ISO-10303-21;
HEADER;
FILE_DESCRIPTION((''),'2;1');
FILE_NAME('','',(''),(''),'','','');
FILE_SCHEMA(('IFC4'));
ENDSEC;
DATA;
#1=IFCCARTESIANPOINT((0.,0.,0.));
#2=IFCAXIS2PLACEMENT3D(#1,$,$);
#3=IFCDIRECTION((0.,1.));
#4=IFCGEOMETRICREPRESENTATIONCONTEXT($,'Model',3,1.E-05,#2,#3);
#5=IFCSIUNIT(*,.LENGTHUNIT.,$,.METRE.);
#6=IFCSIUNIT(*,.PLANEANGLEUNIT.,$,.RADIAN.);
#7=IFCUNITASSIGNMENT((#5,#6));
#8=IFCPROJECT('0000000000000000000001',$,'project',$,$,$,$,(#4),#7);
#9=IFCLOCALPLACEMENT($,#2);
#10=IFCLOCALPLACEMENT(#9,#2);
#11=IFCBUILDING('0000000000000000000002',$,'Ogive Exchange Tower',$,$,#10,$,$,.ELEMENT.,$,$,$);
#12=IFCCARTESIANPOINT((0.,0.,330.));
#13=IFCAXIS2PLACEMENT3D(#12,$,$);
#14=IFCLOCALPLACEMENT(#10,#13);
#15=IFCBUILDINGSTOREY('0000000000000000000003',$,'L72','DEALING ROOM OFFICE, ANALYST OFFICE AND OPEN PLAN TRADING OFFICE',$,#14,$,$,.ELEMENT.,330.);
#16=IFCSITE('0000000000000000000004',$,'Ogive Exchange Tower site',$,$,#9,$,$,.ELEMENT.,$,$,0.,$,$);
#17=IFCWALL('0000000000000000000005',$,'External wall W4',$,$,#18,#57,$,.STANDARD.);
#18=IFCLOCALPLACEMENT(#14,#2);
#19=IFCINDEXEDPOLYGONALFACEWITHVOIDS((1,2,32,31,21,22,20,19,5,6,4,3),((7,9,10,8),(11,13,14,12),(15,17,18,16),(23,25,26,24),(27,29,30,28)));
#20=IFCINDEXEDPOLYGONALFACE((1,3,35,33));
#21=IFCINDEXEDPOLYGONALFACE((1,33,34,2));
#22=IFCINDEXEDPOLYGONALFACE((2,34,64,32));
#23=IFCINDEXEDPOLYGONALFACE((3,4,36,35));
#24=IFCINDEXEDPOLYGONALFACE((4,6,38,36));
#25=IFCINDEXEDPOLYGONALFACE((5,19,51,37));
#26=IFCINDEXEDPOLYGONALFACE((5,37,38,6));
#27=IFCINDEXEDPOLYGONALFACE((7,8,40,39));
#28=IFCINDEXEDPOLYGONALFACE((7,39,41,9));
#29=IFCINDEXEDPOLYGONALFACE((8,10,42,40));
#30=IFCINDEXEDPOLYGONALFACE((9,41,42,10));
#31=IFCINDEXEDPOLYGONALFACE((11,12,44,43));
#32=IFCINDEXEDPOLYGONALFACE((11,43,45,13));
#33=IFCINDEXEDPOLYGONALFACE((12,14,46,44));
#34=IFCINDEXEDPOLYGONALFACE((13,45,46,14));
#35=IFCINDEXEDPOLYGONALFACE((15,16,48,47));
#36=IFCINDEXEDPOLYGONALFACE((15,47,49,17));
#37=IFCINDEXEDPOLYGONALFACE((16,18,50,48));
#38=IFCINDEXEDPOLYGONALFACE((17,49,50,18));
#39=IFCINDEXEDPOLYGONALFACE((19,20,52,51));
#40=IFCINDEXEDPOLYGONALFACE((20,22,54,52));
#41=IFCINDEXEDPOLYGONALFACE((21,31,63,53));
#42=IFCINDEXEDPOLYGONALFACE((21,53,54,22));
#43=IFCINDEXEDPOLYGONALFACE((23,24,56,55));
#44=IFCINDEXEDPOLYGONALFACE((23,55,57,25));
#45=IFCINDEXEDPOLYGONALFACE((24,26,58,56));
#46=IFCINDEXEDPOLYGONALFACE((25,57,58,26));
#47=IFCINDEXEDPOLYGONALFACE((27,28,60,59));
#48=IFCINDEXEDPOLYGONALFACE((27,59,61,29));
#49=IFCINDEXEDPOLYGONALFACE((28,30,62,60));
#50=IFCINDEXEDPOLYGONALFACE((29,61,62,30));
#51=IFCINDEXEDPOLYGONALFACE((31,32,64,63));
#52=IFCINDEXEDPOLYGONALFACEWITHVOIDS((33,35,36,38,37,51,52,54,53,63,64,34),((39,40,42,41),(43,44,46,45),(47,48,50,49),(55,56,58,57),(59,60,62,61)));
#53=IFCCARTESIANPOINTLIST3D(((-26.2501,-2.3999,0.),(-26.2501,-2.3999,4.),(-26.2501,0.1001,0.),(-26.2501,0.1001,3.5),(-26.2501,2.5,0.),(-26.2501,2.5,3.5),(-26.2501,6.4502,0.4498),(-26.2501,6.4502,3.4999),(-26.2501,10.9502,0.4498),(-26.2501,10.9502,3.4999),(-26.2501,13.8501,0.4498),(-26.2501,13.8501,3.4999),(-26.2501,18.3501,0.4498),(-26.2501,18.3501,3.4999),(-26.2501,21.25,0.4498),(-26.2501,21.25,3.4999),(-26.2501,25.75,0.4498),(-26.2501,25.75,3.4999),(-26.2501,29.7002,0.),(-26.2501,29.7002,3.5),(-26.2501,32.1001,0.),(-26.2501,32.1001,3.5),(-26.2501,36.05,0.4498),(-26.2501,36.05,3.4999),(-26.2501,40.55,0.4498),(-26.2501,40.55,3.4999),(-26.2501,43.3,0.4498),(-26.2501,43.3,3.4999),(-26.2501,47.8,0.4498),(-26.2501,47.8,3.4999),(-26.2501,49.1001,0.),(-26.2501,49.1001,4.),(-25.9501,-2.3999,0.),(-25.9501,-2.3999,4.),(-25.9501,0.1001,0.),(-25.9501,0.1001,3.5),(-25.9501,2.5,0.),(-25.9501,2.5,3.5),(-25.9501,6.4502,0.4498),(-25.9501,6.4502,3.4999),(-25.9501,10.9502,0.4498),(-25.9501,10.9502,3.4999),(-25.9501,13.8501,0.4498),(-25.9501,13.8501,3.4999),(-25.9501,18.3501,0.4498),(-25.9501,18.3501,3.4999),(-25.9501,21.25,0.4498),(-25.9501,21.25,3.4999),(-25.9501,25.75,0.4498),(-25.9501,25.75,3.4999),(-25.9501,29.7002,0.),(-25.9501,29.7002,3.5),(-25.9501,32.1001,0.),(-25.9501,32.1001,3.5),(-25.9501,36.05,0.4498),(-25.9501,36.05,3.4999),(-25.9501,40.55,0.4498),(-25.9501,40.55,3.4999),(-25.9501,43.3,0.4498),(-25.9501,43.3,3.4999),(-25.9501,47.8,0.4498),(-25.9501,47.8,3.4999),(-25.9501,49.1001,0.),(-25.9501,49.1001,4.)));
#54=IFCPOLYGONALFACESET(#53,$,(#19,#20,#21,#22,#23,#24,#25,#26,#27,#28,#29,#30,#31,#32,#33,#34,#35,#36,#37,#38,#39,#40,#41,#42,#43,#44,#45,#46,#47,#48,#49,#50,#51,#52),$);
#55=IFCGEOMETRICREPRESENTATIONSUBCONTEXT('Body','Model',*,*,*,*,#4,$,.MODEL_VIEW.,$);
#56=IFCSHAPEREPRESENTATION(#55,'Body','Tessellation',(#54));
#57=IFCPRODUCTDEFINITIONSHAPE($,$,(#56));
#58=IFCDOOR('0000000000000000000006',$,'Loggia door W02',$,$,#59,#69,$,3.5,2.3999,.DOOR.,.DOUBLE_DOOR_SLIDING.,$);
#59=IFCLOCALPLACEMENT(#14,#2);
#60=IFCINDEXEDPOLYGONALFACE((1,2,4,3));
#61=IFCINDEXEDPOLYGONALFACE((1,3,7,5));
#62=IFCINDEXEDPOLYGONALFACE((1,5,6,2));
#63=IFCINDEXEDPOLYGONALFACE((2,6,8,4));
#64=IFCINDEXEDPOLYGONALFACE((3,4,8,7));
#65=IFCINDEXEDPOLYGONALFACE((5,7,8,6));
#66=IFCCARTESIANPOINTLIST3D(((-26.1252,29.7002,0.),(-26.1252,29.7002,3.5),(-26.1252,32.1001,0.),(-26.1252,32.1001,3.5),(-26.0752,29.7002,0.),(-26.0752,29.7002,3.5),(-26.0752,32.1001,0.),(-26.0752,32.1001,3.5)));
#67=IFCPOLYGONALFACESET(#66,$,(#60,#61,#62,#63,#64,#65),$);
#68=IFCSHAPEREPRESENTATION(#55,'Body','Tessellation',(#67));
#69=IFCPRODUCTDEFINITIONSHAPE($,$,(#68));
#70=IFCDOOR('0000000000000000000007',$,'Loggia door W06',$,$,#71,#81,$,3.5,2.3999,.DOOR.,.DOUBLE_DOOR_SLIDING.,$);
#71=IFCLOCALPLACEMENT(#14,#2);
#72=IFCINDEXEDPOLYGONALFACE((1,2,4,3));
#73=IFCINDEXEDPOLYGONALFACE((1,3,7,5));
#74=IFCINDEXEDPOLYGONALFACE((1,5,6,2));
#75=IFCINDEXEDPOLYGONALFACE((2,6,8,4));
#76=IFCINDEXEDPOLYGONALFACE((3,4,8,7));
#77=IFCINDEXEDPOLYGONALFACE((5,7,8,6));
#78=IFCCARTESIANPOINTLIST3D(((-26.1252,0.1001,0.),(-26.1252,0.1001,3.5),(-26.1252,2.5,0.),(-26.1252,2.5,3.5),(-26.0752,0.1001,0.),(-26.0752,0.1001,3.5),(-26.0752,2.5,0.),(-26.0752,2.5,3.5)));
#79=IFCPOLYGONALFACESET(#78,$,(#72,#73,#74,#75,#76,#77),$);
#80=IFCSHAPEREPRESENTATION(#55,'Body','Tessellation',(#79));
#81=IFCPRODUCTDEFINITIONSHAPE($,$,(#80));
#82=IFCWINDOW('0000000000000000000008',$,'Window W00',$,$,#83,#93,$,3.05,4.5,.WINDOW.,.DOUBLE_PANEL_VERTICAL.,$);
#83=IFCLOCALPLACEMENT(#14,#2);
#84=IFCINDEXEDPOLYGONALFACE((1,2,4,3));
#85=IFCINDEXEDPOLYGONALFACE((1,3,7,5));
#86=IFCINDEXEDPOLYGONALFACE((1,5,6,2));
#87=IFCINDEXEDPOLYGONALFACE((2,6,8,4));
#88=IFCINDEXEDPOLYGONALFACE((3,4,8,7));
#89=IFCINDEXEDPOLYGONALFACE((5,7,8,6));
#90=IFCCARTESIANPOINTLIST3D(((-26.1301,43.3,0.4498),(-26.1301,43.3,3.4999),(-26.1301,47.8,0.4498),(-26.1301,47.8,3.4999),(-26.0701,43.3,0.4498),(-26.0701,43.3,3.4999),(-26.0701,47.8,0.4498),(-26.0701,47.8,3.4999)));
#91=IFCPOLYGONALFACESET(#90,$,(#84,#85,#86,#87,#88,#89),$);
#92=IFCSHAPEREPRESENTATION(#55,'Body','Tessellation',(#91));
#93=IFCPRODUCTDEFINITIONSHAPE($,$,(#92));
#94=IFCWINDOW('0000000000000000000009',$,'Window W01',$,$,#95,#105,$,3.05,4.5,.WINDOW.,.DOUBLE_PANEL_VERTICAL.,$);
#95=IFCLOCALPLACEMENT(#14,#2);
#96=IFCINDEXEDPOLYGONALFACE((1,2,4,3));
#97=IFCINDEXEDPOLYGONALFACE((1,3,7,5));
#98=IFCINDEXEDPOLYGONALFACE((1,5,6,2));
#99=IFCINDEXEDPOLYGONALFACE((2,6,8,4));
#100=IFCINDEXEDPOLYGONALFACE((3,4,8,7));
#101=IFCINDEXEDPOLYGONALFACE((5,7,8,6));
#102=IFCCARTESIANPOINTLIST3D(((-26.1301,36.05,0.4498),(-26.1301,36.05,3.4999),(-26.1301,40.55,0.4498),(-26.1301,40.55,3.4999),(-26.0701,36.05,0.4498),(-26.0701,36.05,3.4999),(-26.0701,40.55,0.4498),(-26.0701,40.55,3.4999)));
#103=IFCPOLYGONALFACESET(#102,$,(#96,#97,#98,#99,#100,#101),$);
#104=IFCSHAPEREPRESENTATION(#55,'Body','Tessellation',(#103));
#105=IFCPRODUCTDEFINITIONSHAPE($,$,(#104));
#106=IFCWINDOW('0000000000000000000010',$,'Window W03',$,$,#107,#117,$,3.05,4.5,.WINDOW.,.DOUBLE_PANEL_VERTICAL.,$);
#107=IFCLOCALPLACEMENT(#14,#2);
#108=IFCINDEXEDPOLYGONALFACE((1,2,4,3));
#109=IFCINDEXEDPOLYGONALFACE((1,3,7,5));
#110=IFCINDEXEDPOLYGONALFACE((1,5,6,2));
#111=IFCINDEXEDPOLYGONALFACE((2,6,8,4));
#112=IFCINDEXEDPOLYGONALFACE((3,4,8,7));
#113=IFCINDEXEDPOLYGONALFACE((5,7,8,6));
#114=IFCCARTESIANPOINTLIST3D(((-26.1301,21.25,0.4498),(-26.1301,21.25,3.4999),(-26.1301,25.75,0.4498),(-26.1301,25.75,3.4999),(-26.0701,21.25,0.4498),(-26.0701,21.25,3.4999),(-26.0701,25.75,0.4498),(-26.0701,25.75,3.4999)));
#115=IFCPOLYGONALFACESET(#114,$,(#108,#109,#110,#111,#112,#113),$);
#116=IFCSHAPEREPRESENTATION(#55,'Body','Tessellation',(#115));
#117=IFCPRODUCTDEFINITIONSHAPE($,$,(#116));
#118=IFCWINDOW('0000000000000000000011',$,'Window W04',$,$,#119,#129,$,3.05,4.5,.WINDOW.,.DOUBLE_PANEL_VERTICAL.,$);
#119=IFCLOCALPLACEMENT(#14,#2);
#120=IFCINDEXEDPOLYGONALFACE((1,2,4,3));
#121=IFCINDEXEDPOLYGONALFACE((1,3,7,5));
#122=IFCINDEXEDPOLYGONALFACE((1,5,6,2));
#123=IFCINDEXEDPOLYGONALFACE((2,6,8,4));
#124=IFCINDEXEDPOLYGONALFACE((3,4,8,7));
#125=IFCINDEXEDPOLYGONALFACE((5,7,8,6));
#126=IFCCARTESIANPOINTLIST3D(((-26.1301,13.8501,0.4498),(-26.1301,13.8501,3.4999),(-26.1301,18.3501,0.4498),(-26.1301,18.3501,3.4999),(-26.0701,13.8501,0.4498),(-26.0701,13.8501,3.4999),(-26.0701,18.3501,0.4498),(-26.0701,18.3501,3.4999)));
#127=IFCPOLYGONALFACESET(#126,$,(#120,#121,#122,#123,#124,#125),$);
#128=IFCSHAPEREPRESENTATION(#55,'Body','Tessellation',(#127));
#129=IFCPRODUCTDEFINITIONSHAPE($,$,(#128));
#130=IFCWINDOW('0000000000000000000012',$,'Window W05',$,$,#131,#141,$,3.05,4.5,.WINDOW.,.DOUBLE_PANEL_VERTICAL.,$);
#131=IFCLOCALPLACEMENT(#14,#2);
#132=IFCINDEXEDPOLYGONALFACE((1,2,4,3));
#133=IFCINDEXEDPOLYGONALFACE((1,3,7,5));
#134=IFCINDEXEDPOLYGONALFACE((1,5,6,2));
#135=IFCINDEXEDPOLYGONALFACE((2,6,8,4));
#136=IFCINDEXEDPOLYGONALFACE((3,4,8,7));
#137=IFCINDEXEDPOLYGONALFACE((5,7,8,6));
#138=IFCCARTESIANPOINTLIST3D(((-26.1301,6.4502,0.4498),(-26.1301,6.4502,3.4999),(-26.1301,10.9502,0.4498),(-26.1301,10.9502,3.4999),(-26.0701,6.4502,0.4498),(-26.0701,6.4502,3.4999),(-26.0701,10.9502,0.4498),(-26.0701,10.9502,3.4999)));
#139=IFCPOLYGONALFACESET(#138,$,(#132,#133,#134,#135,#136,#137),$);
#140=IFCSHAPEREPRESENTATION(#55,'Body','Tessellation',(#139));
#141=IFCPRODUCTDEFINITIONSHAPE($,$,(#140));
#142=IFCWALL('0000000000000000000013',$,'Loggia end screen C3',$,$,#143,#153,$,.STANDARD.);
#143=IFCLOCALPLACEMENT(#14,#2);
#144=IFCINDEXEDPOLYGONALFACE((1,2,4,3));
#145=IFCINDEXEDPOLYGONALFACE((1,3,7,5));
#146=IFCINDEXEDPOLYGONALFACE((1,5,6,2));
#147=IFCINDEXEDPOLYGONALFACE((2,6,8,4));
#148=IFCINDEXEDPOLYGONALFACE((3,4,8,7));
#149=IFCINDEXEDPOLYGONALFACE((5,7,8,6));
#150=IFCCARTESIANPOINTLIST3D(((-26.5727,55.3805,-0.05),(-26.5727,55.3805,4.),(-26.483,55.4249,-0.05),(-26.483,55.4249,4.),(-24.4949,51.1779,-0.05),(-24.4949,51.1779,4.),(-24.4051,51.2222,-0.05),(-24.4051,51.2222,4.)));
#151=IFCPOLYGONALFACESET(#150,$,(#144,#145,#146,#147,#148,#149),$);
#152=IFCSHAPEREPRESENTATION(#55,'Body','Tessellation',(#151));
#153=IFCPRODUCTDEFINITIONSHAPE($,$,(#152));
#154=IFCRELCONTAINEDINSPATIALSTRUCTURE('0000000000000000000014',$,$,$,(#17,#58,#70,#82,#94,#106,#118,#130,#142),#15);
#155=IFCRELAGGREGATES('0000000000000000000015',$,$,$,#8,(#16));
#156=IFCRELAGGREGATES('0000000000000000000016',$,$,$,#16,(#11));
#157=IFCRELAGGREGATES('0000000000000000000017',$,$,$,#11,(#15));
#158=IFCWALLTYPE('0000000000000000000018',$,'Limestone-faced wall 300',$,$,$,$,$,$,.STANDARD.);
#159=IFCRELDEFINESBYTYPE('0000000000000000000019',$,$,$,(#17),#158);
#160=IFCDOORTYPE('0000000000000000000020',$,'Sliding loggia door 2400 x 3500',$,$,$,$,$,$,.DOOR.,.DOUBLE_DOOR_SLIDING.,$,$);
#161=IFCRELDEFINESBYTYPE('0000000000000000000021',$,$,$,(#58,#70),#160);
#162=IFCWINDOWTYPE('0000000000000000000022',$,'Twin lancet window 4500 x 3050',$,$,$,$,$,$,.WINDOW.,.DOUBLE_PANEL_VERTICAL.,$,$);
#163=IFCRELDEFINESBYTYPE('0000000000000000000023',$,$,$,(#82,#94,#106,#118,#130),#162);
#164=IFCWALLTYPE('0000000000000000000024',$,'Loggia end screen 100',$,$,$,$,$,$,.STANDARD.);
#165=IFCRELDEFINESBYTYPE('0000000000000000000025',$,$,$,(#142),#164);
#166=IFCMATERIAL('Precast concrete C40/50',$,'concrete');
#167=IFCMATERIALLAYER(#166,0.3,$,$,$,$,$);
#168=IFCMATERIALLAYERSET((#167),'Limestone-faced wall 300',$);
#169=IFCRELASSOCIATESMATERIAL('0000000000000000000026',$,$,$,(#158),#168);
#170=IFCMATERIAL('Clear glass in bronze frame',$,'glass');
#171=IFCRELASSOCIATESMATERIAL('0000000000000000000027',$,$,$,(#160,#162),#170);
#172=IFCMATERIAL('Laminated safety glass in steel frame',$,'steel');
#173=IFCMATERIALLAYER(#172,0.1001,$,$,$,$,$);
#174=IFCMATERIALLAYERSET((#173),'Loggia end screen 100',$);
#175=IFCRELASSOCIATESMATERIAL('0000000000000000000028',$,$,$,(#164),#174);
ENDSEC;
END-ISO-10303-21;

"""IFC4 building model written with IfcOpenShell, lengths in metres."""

from ifc_helpers import new_model, si_unit, direction, frame, frame_2d, origin, place, context, subcontext, project, spatial, rectangle, extrude, material, layer, layer_set, type_object, element, fill, save


model = new_model("IFC4")

# Units and contexts
model_context = context("Model", 3, precision=1e-05, world=origin(), true_north=direction((0.0, 1.0)))
body_context = subcontext(model_context, "Body", "Model", "MODEL_VIEW")
ifc_project = project(units=[si_unit("LENGTHUNIT", "METRE"), si_unit("PLANEANGLEUNIT", "RADIAN")], contexts=[model_context])

# Site, building, storey
site_placement = place(None, origin())
site = spatial("IfcSite", under=ifc_project, at=site_placement, Name="Ogive Exchange Tower site", CompositionType="ELEMENT", RefElevation=0.0)
building_placement = place(site_placement, origin())
building = spatial("IfcBuilding", under=site, at=building_placement, Name="Ogive Exchange Tower", CompositionType="ELEMENT")
storey_placement = place(building_placement, frame((0.0, 0.0, 330.0)))
storey = spatial("IfcBuildingStorey", under=building, at=storey_placement, Name="L72", Description="DEALING ROOM OFFICE, ANALYST OFFICE AND OPEN PLAN TRADING OFFICE", CompositionType="ELEMENT", Elevation=330.0)

# Wall, openings, doors, windows
ifc_material_1 = material(Name="Precast concrete C40/50", Category="concrete")
ifc_layer_1 = layer(ifc_material_1, 0.3)
ifc_layer_set_1 = layer_set([ifc_layer_1], Name="Limestone-faced wall 300")
wall_type_1 = type_object("IfcWallType", Name="Limestone-faced wall 300", PredefinedType="STANDARD", material=ifc_layer_set_1)
wall_1_placement = place(storey_placement, frame((-26.1001, 49.1001, 0.0), z_axis=(0.0, 0.0, 1.0), x_axis=(0.0, -1.0, 0.0)))
wall_1 = element("IfcWall", 1, at=wall_1_placement, inside=storey, type_object=wall_type_1, Name="External wall W4", PredefinedType="STANDARD", context=body_context, shape_type="SweptSolid", body=[
    extrude(rectangle(XDim=51.5, YDim=0.3, at=frame_2d((25.75, 0.0))), origin(), (0.0, 0.0, 1.0), 4.0),
])
opening_1_placement = place(wall_1_placement, frame((1.3, 0.0, 0.45)))
opening_1 = element("IfcOpeningElement", 2, at=opening_1_placement, cuts=wall_1, PredefinedType="OPENING", context=body_context, shape_type="SweptSolid", body=[
    extrude(rectangle(XDim=4.5, YDim=3.05, at=frame_2d((2.25, 1.5249))), frame((0.0, 0.1599, 0.0), z_axis=(0.0, -1.0, 0.0), x_axis=(1.0, 0.0, 0.0)), (0.0, 0.0, 1.0), 0.3201),
])
opening_2_placement = place(wall_1_placement, frame((8.55, 0.0, 0.45)))
opening_2 = element("IfcOpeningElement", 3, at=opening_2_placement, cuts=wall_1, PredefinedType="OPENING", context=body_context, shape_type="SweptSolid", body=[
    extrude(rectangle(XDim=4.5, YDim=3.05, at=frame_2d((2.25, 1.5249))), frame((0.0, 0.1599, 0.0), z_axis=(0.0, -1.0, 0.0), x_axis=(1.0, 0.0, 0.0)), (0.0, 0.0, 1.0), 0.3201),
])
opening_3_placement = place(wall_1_placement, frame((17.0, 0.0, 0.0)))
opening_3 = element("IfcOpeningElement", 4, at=opening_3_placement, cuts=wall_1, PredefinedType="OPENING", context=body_context, shape_type="SweptSolid", body=[
    extrude(rectangle(XDim=2.3999, YDim=3.5, at=frame_2d((1.2, 1.75))), frame((0.0, 0.1599, 0.0), z_axis=(0.0, -1.0, 0.0), x_axis=(1.0, 0.0, 0.0)), (0.0, 0.0, 1.0), 0.3201),
])
opening_4_placement = place(wall_1_placement, frame((23.3501, 0.0, 0.45)))
opening_4 = element("IfcOpeningElement", 5, at=opening_4_placement, cuts=wall_1, PredefinedType="OPENING", context=body_context, shape_type="SweptSolid", body=[
    extrude(rectangle(XDim=4.5, YDim=3.05, at=frame_2d((2.25, 1.5249))), frame((0.0, 0.1599, 0.0), z_axis=(0.0, -1.0, 0.0), x_axis=(1.0, 0.0, 0.0)), (0.0, 0.0, 1.0), 0.3201),
])
opening_5_placement = place(wall_1_placement, frame((30.75, 0.0, 0.45)))
opening_5 = element("IfcOpeningElement", 6, at=opening_5_placement, cuts=wall_1, PredefinedType="OPENING", context=body_context, shape_type="SweptSolid", body=[
    extrude(rectangle(XDim=4.5, YDim=3.05, at=frame_2d((2.25, 1.5249))), frame((0.0, 0.1599, 0.0), z_axis=(0.0, -1.0, 0.0), x_axis=(1.0, 0.0, 0.0)), (0.0, 0.0, 1.0), 0.3201),
])
opening_6_placement = place(wall_1_placement, frame((38.1499, 0.0, 0.45)))
opening_6 = element("IfcOpeningElement", 7, at=opening_6_placement, cuts=wall_1, PredefinedType="OPENING", context=body_context, shape_type="SweptSolid", body=[
    extrude(rectangle(XDim=4.5, YDim=3.05, at=frame_2d((2.25, 1.5249))), frame((0.0, 0.1599, 0.0), z_axis=(0.0, -1.0, 0.0), x_axis=(1.0, 0.0, 0.0)), (0.0, 0.0, 1.0), 0.3201),
])
opening_7_placement = place(wall_1_placement, frame((46.6001, 0.0, 0.0)))
opening_7 = element("IfcOpeningElement", 8, at=opening_7_placement, cuts=wall_1, PredefinedType="OPENING", context=body_context, shape_type="SweptSolid", body=[
    extrude(rectangle(XDim=2.3999, YDim=3.5, at=frame_2d((1.2, 1.75))), frame((0.0, 0.1599, 0.0), z_axis=(0.0, -1.0, 0.0), x_axis=(1.0, 0.0, 0.0)), (0.0, 0.0, 1.0), 0.3201),
])
ifc_material_2 = material(Name="Clear glass in bronze frame", Category="glass")
door_type_1 = type_object("IfcDoorType", Name="Sliding loggia door 2400 x 3500", OperationType="DOUBLE_DOOR_SLIDING", PredefinedType="DOOR", material=ifc_material_2)
door_1_placement = place(opening_3_placement, origin())
door_1 = element("IfcDoor", 9, at=door_1_placement, inside=storey, type_object=door_type_1, Name="Loggia door W02", OperationType="DOUBLE_DOOR_SLIDING", OverallHeight=3.5, OverallWidth=2.3999, PredefinedType="DOOR", context=body_context, shape_type="SweptSolid", body=[
    extrude(rectangle(XDim=2.3999, YDim=3.5, at=frame_2d((1.2, 1.75))), frame((0.0, 0.0249, 0.0), z_axis=(0.0, -1.0, 0.0), x_axis=(1.0, 0.0, 0.0)), (0.0, 0.0, 1.0), 0.05),
])
fill(opening_3, door_1)
door_2_placement = place(opening_7_placement, origin())
door_2 = element("IfcDoor", 10, at=door_2_placement, inside=storey, type_object=door_type_1, Name="Loggia door W06", OperationType="DOUBLE_DOOR_SLIDING", OverallHeight=3.5, OverallWidth=2.3999, PredefinedType="DOOR", context=body_context, shape_type="SweptSolid", body=[
    extrude(rectangle(XDim=2.3999, YDim=3.5, at=frame_2d((1.2, 1.75))), frame((0.0, 0.0249, 0.0), z_axis=(0.0, -1.0, 0.0), x_axis=(1.0, 0.0, 0.0)), (0.0, 0.0, 1.0), 0.05),
])
fill(opening_7, door_2)
window_type = type_object("IfcWindowType", Name="Twin lancet window 4500 x 3050", PartitioningType="DOUBLE_PANEL_VERTICAL", PredefinedType="WINDOW", material=ifc_material_2)
window_1_placement = place(opening_1_placement, origin())
window_1 = element("IfcWindow", 11, at=window_1_placement, inside=storey, type_object=window_type, Name="Window W00", OverallHeight=3.05, OverallWidth=4.5, PartitioningType="DOUBLE_PANEL_VERTICAL", PredefinedType="WINDOW", context=body_context, shape_type="SweptSolid", body=[
    extrude(rectangle(XDim=4.5, YDim=3.05, at=frame_2d((2.25, 1.5249))), frame((0.0, 0.03, 0.0), z_axis=(0.0, -1.0, 0.0), x_axis=(1.0, 0.0, 0.0)), (0.0, 0.0, 1.0), 0.0601),
])
fill(opening_1, window_1)
window_2_placement = place(opening_2_placement, origin())
window_2 = element("IfcWindow", 12, at=window_2_placement, inside=storey, type_object=window_type, Name="Window W01", OverallHeight=3.05, OverallWidth=4.5, PartitioningType="DOUBLE_PANEL_VERTICAL", PredefinedType="WINDOW", context=body_context, shape_type="SweptSolid", body=[
    extrude(rectangle(XDim=4.5, YDim=3.05, at=frame_2d((2.25, 1.5249))), frame((0.0, 0.03, 0.0), z_axis=(0.0, -1.0, 0.0), x_axis=(1.0, 0.0, 0.0)), (0.0, 0.0, 1.0), 0.0601),
])
fill(opening_2, window_2)
window_3_placement = place(opening_4_placement, origin())
window_3 = element("IfcWindow", 13, at=window_3_placement, inside=storey, type_object=window_type, Name="Window W03", OverallHeight=3.05, OverallWidth=4.5, PartitioningType="DOUBLE_PANEL_VERTICAL", PredefinedType="WINDOW", context=body_context, shape_type="SweptSolid", body=[
    extrude(rectangle(XDim=4.5, YDim=3.05, at=frame_2d((2.25, 1.5249))), frame((0.0, 0.03, 0.0), z_axis=(0.0, -1.0, 0.0), x_axis=(1.0, 0.0, 0.0)), (0.0, 0.0, 1.0), 0.0601),
])
fill(opening_4, window_3)
window_4_placement = place(opening_5_placement, origin())
window_4 = element("IfcWindow", 14, at=window_4_placement, inside=storey, type_object=window_type, Name="Window W04", OverallHeight=3.05, OverallWidth=4.5, PartitioningType="DOUBLE_PANEL_VERTICAL", PredefinedType="WINDOW", context=body_context, shape_type="SweptSolid", body=[
    extrude(rectangle(XDim=4.5, YDim=3.05, at=frame_2d((2.25, 1.5249))), frame((0.0, 0.03, 0.0), z_axis=(0.0, -1.0, 0.0), x_axis=(1.0, 0.0, 0.0)), (0.0, 0.0, 1.0), 0.0601),
])
fill(opening_5, window_4)
window_5_placement = place(opening_6_placement, origin())
window_5 = element("IfcWindow", 15, at=window_5_placement, inside=storey, type_object=window_type, Name="Window W05", OverallHeight=3.05, OverallWidth=4.5, PartitioningType="DOUBLE_PANEL_VERTICAL", PredefinedType="WINDOW", context=body_context, shape_type="SweptSolid", body=[
    extrude(rectangle(XDim=4.5, YDim=3.05, at=frame_2d((2.25, 1.5249))), frame((0.0, 0.03, 0.0), z_axis=(0.0, -1.0, 0.0), x_axis=(1.0, 0.0, 0.0)), (0.0, 0.0, 1.0), 0.0601),
])
fill(opening_6, window_5)

# Wall
ifc_material_3 = material(Name="Laminated safety glass in steel frame", Category="steel")
ifc_layer_2 = layer(ifc_material_3, 0.1001)
ifc_layer_set_2 = layer_set([ifc_layer_2], Name="Loggia end screen 100")
wall_type_2 = type_object("IfcWallType", Name="Loggia end screen 100", PredefinedType="STANDARD", material=ifc_layer_set_2)
wall_2_placement = place(storey_placement, frame((-24.45, 51.2, -0.05), z_axis=(0.0, 0.0, 1.0), x_axis=(-0.44321, 0.896418, 0.0)))
element("IfcWall", 16, at=wall_2_placement, inside=storey, type_object=wall_type_2, Name="Loggia end screen C3", PredefinedType="STANDARD", context=body_context, shape_type="SweptSolid", body=[
    extrude(rectangle(XDim=4.6882, YDim=0.1001, at=frame_2d((2.3442, 0.0))), origin(), (0.0, 0.0, 1.0), 4.05),
])

save(model, "model.ifc")
